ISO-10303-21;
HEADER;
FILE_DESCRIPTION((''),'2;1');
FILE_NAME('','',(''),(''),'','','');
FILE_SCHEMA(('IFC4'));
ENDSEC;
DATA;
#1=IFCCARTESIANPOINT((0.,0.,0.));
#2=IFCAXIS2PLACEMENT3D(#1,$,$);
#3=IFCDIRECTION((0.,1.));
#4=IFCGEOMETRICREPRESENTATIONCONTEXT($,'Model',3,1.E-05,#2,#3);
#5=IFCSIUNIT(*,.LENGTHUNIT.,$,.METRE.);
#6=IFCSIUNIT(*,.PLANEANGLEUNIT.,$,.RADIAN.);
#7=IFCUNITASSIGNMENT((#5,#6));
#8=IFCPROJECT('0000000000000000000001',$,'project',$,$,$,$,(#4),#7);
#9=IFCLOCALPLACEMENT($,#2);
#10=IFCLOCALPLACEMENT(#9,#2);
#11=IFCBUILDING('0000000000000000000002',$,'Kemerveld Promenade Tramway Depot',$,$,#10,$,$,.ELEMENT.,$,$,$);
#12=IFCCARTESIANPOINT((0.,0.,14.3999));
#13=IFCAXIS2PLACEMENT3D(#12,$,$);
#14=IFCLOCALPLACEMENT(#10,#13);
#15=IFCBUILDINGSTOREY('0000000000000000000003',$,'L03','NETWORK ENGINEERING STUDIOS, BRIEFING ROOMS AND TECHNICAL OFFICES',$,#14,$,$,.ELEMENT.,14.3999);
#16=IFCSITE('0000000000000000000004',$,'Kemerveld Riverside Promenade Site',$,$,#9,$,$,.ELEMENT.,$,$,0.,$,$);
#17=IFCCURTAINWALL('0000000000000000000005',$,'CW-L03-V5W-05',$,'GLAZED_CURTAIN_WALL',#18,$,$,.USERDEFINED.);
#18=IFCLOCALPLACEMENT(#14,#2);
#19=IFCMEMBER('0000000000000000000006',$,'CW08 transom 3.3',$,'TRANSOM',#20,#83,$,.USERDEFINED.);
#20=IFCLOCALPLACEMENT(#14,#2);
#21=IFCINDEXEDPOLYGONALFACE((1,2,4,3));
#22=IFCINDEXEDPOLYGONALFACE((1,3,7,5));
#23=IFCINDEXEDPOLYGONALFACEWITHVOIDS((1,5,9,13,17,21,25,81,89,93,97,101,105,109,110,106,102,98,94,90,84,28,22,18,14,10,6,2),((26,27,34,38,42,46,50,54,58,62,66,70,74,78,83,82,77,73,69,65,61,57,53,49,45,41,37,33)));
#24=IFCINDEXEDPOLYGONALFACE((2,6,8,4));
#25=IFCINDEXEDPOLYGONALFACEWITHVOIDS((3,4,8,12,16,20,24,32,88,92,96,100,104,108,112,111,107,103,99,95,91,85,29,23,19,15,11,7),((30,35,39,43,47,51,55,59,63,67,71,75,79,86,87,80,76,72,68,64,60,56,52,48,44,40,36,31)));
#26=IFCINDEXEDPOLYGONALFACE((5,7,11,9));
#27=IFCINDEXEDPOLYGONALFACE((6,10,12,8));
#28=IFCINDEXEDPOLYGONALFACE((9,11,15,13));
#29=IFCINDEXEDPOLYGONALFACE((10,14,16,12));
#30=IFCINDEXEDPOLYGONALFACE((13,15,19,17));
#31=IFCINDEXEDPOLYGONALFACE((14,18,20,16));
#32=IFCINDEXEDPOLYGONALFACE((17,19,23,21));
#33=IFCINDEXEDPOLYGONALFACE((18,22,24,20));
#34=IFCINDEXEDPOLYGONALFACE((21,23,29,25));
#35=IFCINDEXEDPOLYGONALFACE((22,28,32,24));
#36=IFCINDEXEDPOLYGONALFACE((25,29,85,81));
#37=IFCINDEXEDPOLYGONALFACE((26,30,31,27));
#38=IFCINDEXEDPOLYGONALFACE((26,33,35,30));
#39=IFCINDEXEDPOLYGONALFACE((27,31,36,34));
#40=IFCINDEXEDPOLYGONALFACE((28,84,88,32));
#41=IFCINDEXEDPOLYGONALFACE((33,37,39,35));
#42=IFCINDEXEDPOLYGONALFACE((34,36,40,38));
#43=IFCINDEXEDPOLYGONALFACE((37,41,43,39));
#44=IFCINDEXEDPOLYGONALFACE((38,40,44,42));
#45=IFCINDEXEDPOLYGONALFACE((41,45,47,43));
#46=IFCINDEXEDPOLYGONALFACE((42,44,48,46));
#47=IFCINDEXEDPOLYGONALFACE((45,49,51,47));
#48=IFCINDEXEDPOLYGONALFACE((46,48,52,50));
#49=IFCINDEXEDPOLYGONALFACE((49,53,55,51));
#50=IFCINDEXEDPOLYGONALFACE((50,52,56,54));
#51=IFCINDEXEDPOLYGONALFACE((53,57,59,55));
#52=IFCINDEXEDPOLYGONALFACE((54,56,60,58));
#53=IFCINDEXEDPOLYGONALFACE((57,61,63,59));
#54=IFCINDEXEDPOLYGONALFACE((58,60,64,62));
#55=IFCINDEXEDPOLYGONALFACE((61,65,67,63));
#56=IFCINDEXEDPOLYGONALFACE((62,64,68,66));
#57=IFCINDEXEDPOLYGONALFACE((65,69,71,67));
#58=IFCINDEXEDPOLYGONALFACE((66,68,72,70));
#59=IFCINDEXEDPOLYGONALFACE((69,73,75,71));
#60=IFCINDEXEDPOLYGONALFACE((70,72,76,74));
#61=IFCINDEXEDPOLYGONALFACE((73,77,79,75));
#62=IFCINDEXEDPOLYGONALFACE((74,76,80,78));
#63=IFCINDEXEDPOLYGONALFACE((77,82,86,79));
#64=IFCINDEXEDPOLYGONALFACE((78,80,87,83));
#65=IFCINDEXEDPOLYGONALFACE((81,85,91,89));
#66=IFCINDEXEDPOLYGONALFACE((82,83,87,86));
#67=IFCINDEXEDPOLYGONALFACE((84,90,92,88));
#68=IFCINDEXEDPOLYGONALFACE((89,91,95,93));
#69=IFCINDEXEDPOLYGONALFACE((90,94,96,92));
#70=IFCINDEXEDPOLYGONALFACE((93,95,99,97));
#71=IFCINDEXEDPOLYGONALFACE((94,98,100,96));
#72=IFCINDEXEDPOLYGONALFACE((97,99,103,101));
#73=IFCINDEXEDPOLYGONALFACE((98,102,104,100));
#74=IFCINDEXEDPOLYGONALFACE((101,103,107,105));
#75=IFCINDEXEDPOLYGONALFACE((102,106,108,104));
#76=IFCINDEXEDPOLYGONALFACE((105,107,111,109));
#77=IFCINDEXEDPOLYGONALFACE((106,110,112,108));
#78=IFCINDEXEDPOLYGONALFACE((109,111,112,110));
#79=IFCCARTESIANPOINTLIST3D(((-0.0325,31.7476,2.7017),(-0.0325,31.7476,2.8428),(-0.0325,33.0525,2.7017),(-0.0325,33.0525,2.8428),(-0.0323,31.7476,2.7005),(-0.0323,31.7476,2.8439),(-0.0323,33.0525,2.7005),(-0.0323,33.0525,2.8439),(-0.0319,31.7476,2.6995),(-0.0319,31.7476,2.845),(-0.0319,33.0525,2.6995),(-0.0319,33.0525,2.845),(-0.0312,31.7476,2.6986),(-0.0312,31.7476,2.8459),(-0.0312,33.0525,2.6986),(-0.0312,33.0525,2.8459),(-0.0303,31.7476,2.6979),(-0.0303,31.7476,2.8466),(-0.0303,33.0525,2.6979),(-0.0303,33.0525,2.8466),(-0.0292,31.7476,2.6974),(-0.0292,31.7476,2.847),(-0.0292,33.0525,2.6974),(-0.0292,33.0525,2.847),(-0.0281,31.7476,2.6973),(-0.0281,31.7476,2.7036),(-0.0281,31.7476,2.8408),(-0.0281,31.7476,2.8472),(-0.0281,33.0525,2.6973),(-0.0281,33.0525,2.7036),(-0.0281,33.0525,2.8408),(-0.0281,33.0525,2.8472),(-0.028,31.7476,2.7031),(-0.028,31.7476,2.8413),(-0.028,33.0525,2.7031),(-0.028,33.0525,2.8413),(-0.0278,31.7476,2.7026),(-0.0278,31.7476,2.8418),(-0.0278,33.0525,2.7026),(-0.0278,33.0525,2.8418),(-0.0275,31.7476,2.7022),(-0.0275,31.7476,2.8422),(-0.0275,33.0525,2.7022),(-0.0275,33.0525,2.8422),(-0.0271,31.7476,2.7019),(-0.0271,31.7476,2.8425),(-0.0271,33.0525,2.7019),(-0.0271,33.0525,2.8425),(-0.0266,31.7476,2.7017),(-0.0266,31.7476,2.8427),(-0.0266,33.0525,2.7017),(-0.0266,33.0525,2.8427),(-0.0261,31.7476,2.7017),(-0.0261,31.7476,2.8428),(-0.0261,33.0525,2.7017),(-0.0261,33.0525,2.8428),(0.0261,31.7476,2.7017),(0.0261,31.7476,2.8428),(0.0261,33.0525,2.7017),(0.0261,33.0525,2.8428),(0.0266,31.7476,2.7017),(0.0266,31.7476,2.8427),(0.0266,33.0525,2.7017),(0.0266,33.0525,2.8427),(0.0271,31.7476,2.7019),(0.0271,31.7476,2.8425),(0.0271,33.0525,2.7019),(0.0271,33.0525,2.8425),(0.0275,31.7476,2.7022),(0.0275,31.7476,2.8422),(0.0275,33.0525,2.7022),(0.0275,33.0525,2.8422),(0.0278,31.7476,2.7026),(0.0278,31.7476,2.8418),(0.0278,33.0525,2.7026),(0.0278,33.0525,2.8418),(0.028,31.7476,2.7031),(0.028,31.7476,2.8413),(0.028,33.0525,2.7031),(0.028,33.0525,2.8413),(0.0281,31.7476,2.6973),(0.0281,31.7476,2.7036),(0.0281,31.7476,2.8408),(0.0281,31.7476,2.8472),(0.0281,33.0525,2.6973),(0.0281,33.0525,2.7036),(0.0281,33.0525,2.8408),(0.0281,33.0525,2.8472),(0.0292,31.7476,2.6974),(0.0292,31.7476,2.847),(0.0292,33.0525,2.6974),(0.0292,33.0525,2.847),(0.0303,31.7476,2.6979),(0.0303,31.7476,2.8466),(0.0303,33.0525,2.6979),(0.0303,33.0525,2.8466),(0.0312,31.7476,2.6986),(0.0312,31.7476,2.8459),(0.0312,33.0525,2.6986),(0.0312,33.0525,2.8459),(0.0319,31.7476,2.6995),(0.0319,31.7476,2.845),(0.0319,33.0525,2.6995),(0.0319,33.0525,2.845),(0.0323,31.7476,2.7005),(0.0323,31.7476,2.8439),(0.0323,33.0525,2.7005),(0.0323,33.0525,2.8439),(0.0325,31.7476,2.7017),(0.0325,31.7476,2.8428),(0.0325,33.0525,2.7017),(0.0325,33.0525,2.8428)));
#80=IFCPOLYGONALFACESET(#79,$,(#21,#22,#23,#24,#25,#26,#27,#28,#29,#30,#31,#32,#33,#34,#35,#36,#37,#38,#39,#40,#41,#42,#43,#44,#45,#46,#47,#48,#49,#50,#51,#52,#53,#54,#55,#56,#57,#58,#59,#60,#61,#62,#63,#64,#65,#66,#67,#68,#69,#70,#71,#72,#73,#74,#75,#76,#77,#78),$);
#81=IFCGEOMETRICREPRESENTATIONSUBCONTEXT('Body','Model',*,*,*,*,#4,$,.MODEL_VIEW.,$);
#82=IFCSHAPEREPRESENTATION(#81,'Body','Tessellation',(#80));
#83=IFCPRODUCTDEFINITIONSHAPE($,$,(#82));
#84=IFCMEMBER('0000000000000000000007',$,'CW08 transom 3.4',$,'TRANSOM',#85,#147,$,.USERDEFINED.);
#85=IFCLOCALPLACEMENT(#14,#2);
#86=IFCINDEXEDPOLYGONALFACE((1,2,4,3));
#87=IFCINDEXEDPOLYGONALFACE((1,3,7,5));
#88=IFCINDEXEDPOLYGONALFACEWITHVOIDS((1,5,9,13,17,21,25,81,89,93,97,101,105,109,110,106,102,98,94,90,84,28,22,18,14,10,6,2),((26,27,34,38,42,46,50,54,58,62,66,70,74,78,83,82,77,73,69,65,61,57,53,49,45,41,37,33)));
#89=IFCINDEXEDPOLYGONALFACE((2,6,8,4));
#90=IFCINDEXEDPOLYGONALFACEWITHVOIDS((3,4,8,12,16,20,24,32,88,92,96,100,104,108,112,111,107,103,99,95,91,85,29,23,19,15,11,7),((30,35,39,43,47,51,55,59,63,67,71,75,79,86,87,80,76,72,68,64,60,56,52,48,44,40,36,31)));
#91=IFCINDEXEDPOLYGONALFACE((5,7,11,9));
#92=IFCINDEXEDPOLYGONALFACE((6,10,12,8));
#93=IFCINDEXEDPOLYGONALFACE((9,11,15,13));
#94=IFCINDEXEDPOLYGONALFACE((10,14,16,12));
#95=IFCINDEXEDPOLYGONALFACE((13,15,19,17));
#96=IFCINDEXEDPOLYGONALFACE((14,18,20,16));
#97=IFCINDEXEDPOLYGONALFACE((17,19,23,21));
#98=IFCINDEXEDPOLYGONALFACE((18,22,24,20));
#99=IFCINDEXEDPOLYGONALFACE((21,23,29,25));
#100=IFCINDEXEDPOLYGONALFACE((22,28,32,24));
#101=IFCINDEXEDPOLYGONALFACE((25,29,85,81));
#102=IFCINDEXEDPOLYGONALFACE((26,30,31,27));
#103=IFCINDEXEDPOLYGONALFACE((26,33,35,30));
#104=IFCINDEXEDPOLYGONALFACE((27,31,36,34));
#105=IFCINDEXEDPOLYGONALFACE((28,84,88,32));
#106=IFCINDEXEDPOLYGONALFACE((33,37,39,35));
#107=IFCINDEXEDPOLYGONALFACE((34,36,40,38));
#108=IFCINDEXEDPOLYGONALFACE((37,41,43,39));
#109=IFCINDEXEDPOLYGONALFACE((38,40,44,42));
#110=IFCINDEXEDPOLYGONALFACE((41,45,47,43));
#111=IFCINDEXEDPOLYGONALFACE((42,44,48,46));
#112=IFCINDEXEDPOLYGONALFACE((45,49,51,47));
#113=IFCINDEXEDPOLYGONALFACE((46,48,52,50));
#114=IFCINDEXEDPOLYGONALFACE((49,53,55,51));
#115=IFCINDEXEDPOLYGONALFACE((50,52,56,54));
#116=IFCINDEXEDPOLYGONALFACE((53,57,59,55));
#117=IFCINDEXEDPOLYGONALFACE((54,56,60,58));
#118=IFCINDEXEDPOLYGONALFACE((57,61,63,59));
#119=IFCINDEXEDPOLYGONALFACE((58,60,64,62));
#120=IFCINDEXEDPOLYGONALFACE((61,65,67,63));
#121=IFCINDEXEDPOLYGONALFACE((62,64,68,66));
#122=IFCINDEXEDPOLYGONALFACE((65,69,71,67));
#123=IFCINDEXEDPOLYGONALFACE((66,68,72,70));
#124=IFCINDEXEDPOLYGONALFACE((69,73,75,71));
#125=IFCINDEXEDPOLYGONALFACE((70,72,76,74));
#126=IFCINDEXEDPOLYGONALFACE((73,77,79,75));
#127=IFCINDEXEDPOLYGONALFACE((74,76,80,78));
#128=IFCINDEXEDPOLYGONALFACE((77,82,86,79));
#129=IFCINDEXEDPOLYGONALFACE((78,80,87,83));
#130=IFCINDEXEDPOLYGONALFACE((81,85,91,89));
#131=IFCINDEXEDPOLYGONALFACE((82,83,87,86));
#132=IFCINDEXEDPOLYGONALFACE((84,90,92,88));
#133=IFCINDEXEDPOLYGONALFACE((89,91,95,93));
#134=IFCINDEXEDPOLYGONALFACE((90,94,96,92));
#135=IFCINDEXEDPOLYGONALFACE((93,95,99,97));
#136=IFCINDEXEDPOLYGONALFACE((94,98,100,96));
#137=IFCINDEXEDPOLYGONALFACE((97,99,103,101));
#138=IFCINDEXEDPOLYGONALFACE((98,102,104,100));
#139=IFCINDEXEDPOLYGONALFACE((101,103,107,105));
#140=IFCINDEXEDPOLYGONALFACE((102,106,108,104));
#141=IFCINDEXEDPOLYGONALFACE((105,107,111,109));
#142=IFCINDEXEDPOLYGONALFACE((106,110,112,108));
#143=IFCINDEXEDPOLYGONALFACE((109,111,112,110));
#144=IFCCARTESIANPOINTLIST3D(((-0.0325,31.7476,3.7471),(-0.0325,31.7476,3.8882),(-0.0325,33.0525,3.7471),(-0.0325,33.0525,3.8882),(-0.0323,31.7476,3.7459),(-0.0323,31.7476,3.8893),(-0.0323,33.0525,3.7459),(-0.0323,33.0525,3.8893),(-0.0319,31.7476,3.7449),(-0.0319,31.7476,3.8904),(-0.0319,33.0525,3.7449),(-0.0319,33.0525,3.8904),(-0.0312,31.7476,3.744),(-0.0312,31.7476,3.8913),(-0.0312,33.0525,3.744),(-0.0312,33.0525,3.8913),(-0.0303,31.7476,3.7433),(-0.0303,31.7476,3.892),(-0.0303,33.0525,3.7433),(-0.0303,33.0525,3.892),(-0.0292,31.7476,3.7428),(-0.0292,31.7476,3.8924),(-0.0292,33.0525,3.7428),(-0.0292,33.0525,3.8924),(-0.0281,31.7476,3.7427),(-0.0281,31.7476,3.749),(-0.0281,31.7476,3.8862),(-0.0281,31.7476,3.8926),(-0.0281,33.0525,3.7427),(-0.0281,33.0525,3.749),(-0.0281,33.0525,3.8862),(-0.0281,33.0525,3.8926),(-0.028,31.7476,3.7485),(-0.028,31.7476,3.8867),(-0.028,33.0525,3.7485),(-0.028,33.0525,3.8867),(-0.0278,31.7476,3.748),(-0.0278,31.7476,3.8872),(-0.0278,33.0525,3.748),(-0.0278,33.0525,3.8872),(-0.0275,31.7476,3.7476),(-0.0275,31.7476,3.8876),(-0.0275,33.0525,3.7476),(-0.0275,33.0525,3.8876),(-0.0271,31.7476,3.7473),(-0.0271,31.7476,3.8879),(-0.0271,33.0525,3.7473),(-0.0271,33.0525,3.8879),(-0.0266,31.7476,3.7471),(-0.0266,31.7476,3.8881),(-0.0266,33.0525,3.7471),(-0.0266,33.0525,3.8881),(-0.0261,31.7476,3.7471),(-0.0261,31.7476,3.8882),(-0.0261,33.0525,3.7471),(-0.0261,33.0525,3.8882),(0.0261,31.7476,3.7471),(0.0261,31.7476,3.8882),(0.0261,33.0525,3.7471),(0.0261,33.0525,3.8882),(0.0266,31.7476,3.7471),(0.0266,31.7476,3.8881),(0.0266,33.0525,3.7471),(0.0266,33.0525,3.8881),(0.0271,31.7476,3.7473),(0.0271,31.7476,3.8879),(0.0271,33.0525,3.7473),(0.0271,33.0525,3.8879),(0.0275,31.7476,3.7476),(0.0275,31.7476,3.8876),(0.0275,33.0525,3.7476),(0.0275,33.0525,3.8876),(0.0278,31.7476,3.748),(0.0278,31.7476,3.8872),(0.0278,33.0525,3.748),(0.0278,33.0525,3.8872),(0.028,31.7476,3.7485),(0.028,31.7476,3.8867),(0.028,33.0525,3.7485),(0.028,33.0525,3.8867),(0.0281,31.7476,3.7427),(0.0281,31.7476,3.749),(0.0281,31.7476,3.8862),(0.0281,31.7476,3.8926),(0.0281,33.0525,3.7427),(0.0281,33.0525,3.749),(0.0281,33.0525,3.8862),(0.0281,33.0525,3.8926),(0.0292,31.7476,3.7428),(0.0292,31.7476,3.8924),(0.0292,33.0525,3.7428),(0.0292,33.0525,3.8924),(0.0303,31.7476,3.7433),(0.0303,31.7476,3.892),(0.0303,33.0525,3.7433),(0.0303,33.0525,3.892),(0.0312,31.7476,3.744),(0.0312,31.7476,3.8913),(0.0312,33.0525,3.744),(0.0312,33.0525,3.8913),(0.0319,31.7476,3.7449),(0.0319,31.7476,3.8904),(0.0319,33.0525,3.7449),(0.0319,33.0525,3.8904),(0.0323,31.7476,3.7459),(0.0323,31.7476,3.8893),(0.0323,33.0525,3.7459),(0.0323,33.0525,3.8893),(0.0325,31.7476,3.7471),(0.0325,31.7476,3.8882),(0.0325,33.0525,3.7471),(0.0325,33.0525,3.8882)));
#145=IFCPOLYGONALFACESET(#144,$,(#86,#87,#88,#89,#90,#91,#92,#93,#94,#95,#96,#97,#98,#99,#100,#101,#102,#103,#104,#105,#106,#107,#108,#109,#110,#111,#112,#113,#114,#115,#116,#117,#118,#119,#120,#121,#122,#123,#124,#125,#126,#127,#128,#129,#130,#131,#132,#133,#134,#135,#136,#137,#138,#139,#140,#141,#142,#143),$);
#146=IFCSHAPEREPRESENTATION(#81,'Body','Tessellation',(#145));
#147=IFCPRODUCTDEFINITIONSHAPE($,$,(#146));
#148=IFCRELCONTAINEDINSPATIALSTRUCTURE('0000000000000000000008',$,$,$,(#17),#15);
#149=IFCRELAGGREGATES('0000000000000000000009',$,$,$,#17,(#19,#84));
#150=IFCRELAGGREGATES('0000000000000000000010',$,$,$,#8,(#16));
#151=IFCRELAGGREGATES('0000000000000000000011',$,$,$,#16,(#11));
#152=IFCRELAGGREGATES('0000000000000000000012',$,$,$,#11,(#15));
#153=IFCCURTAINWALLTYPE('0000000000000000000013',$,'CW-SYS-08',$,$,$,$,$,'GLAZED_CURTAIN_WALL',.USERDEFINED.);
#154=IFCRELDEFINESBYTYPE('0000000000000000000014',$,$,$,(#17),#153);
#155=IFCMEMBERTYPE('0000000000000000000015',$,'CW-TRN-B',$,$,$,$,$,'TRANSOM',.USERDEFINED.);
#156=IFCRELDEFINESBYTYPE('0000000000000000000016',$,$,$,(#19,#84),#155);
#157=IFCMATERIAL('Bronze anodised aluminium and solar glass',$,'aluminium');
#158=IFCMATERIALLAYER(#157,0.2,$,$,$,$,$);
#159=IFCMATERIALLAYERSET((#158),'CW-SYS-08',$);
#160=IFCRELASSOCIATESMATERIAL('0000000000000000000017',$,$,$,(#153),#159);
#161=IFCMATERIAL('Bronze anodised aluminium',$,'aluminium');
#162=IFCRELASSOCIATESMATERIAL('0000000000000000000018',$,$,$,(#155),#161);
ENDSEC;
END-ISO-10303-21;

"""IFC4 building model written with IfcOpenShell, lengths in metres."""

from ifc_helpers import new_model, si_unit, direction, frame, origin, origin_2d, place, context, subcontext, project, spatial, hollow_rectangle, extrude, material, layer, layer_set, material_profile, profile_set, type_object, element, aggregate, save


model = new_model("IFC4")

# Units and contexts
model_context = context("Model", 3, precision=1e-05, world=origin(), true_north=direction((0.0, 1.0)))
body_context = subcontext(model_context, "Body", "Model", "MODEL_VIEW")
ifc_project = project(units=[si_unit("LENGTHUNIT", "METRE"), si_unit("PLANEANGLEUNIT", "RADIAN")], contexts=[model_context])

# Site, building, storey
site_placement = place(None, origin())
site = spatial("IfcSite", under=ifc_project, at=site_placement, Name="Kemerveld Riverside Promenade Site", CompositionType="ELEMENT", RefElevation=0.0)
building_placement = place(site_placement, origin())
building = spatial("IfcBuilding", under=site, at=building_placement, Name="Kemerveld Promenade Tramway Depot", CompositionType="ELEMENT")
storey_placement = place(building_placement, frame((0.0, 0.0, 14.3999)))
storey = spatial("IfcBuildingStorey", under=building, at=storey_placement, Name="L03", Description="NETWORK ENGINEERING STUDIOS, BRIEFING ROOMS AND TECHNICAL OFFICES", CompositionType="ELEMENT", Elevation=14.3999)

# Curtain wall, members
ifc_material_1 = material(Name="Bronze anodised aluminium and solar glass", Category="aluminium")
ifc_layer_1 = layer(ifc_material_1, 0.2)
ifc_layer_set_1 = layer_set([ifc_layer_1], Name="CW-SYS-08")
curtain_wall_type = type_object("IfcCurtainWallType", Name="CW-SYS-08", ElementType="GLAZED_CURTAIN_WALL", PredefinedType="USERDEFINED", material=ifc_layer_set_1)
curtain_wall_placement = place(storey_placement, origin())
curtain_wall = element("IfcCurtainWall", 1, at=curtain_wall_placement, inside=storey, type_object=curtain_wall_type, Name="CW-L03-V5W-05", ObjectType="GLAZED_CURTAIN_WALL", PredefinedType="USERDEFINED")
ifc_material_2 = material(Name="Bronze anodised aluminium", Category="aluminium")
ifc_material_profile_1 = material_profile(ifc_material_2, hollow_rectangle(XDim=0.0649, YDim=0.1499, WallThickness=0.0044, InnerFilletRadius=0.002, OuterFilletRadius=0.0044, at=origin_2d()), Name="CW-TRN-150x65")
ifc_profile_set_1 = profile_set([ifc_material_profile_1], Name="Bronze anodised aluminium")
member_type_1 = type_object("IfcMemberType", Name="CW-TRN-B", ElementType="TRANSOM", PredefinedType="USERDEFINED", material=ifc_profile_set_1)
member_1_placement = place(storey_placement, frame((0.0, 31.7476, 2.7722), z_axis=(0.0, 1.0, 0.0), x_axis=(-1.0, 0.0, 0.0)))
member_1 = element("IfcMember", 2, at=member_1_placement, type_object=member_type_1, Name="CW08 transom 3.3", ObjectType="TRANSOM", PredefinedType="USERDEFINED", context=body_context, shape_type="SweptSolid", body=[
    extrude(hollow_rectangle(XDim=0.0649, YDim=0.1499, WallThickness=0.0044, InnerFilletRadius=0.002, OuterFilletRadius=0.0044, at=origin_2d()), origin(), (0.0, 0.0, 1.0), 1.3049),
])
member_2_placement = place(storey_placement, frame((0.0, 31.7476, 3.8176), z_axis=(0.0, 1.0, 0.0), x_axis=(-1.0, 0.0, 0.0)))
member_2 = element("IfcMember", 3, at=member_2_placement, type_object=member_type_1, Name="CW08 transom 3.4", ObjectType="TRANSOM", PredefinedType="USERDEFINED", context=body_context, shape_type="SweptSolid", body=[
    extrude(hollow_rectangle(XDim=0.0649, YDim=0.1499, WallThickness=0.0044, InnerFilletRadius=0.002, OuterFilletRadius=0.0044, at=origin_2d()), origin(), (0.0, 0.0, 1.0), 1.3049),
])
aggregate(curtain_wall, [member_1, member_2])

save(model, "model.ifc")
